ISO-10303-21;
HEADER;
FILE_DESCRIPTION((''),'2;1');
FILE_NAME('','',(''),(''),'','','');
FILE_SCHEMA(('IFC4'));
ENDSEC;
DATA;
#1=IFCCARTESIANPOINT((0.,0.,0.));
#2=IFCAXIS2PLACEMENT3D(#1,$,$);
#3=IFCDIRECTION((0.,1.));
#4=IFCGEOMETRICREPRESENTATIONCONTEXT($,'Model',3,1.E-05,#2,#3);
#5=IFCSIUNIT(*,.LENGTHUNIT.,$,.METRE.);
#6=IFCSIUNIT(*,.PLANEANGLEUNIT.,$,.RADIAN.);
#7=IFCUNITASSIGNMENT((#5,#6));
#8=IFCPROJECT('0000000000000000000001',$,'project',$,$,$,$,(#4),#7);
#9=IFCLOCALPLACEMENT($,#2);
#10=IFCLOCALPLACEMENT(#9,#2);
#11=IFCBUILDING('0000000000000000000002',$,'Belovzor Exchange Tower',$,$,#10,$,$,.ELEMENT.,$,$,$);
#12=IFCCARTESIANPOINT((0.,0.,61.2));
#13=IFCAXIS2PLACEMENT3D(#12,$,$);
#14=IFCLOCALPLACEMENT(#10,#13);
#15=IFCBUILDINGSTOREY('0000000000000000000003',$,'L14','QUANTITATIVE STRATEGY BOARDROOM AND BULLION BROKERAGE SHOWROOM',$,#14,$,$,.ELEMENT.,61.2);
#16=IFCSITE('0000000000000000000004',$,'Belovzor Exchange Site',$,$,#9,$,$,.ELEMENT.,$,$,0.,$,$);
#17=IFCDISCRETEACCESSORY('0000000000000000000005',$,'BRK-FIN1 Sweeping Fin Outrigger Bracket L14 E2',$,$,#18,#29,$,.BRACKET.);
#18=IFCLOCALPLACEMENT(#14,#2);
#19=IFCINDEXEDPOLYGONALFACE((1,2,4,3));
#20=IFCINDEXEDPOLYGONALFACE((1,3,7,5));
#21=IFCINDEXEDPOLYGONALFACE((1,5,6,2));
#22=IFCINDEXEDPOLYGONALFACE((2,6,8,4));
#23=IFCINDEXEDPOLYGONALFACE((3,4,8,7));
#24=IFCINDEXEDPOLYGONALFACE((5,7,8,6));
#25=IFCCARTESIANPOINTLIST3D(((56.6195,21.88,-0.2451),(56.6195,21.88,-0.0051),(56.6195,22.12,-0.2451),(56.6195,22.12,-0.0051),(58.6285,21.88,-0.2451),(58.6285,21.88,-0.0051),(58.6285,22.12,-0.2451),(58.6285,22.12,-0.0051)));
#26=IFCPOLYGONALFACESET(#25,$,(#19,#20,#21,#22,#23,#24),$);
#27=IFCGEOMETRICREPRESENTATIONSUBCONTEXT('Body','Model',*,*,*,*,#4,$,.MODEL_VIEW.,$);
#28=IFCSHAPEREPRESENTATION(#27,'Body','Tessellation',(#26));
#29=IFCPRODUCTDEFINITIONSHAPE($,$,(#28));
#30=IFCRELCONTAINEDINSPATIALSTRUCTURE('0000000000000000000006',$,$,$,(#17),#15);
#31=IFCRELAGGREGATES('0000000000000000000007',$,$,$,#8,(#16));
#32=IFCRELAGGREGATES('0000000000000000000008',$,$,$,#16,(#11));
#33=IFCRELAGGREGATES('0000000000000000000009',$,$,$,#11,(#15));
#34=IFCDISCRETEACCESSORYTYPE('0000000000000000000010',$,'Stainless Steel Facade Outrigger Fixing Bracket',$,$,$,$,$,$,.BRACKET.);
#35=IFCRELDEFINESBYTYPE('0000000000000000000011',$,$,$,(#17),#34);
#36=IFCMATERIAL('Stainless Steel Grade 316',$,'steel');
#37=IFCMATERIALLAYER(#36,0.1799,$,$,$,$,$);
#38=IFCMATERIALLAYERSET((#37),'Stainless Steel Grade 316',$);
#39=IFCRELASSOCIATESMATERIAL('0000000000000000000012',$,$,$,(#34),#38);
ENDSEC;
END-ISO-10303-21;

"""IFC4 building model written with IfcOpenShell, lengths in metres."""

from ifc_helpers import new_model, si_unit, direction, frame, origin, origin_2d, place, context, subcontext, project, spatial, rectangle, extrude, material, layer, layer_set, type_object, element, save


model = new_model("IFC4")

# Units and contexts
model_context = context("Model", 3, precision=1e-05, world=origin(), true_north=direction((0.0, 1.0)))
body_context = subcontext(model_context, "Body", "Model", "MODEL_VIEW")
ifc_project = project(units=[si_unit("LENGTHUNIT", "METRE"), si_unit("PLANEANGLEUNIT", "RADIAN")], contexts=[model_context])

# Site, building, storey
site_placement = place(None, origin())
site = spatial("IfcSite", under=ifc_project, at=site_placement, Name="Belovzor Exchange Site", CompositionType="ELEMENT", RefElevation=0.0)
building_placement = place(site_placement, origin())
building = spatial("IfcBuilding", under=site, at=building_placement, Name="Belovzor Exchange Tower", CompositionType="ELEMENT")
storey_placement = place(building_placement, frame((0.0, 0.0, 61.2)))
storey = spatial("IfcBuildingStorey", under=building, at=storey_placement, Name="L14", Description="QUANTITATIVE STRATEGY BOARDROOM AND BULLION BROKERAGE SHOWROOM", CompositionType="ELEMENT", Elevation=61.2)

# Discrete accessory
ifc_material_1 = material(Name="Stainless Steel Grade 316", Category="steel")
ifc_layer_1 = layer(ifc_material_1, 0.1799)
ifc_layer_set_1 = layer_set([ifc_layer_1], Name="Stainless Steel Grade 316")
discrete_accessory_type = type_object("IfcDiscreteAccessoryType", Name="Stainless Steel Facade Outrigger Fixing Bracket", PredefinedType="BRACKET", material=ifc_layer_set_1)
discrete_accessory_placement = place(storey_placement, frame((57.624, 22.0, -0.2451), z_axis=(0.0, 0.0, 1.0), x_axis=(1.0, 0.0, 0.0)))
element("IfcDiscreteAccessory", 1, at=discrete_accessory_placement, inside=storey, type_object=discrete_accessory_type, Name="BRK-FIN1 Sweeping Fin Outrigger Bracket L14 E2", PredefinedType="BRACKET", context=body_context, shape_type="SweptSolid", body=[
    extrude(rectangle(XDim=2.009, YDim=0.24, at=origin_2d()), origin(), (0.0, 0.0, 1.0), 0.24),
])

save(model, "model.ifc")
